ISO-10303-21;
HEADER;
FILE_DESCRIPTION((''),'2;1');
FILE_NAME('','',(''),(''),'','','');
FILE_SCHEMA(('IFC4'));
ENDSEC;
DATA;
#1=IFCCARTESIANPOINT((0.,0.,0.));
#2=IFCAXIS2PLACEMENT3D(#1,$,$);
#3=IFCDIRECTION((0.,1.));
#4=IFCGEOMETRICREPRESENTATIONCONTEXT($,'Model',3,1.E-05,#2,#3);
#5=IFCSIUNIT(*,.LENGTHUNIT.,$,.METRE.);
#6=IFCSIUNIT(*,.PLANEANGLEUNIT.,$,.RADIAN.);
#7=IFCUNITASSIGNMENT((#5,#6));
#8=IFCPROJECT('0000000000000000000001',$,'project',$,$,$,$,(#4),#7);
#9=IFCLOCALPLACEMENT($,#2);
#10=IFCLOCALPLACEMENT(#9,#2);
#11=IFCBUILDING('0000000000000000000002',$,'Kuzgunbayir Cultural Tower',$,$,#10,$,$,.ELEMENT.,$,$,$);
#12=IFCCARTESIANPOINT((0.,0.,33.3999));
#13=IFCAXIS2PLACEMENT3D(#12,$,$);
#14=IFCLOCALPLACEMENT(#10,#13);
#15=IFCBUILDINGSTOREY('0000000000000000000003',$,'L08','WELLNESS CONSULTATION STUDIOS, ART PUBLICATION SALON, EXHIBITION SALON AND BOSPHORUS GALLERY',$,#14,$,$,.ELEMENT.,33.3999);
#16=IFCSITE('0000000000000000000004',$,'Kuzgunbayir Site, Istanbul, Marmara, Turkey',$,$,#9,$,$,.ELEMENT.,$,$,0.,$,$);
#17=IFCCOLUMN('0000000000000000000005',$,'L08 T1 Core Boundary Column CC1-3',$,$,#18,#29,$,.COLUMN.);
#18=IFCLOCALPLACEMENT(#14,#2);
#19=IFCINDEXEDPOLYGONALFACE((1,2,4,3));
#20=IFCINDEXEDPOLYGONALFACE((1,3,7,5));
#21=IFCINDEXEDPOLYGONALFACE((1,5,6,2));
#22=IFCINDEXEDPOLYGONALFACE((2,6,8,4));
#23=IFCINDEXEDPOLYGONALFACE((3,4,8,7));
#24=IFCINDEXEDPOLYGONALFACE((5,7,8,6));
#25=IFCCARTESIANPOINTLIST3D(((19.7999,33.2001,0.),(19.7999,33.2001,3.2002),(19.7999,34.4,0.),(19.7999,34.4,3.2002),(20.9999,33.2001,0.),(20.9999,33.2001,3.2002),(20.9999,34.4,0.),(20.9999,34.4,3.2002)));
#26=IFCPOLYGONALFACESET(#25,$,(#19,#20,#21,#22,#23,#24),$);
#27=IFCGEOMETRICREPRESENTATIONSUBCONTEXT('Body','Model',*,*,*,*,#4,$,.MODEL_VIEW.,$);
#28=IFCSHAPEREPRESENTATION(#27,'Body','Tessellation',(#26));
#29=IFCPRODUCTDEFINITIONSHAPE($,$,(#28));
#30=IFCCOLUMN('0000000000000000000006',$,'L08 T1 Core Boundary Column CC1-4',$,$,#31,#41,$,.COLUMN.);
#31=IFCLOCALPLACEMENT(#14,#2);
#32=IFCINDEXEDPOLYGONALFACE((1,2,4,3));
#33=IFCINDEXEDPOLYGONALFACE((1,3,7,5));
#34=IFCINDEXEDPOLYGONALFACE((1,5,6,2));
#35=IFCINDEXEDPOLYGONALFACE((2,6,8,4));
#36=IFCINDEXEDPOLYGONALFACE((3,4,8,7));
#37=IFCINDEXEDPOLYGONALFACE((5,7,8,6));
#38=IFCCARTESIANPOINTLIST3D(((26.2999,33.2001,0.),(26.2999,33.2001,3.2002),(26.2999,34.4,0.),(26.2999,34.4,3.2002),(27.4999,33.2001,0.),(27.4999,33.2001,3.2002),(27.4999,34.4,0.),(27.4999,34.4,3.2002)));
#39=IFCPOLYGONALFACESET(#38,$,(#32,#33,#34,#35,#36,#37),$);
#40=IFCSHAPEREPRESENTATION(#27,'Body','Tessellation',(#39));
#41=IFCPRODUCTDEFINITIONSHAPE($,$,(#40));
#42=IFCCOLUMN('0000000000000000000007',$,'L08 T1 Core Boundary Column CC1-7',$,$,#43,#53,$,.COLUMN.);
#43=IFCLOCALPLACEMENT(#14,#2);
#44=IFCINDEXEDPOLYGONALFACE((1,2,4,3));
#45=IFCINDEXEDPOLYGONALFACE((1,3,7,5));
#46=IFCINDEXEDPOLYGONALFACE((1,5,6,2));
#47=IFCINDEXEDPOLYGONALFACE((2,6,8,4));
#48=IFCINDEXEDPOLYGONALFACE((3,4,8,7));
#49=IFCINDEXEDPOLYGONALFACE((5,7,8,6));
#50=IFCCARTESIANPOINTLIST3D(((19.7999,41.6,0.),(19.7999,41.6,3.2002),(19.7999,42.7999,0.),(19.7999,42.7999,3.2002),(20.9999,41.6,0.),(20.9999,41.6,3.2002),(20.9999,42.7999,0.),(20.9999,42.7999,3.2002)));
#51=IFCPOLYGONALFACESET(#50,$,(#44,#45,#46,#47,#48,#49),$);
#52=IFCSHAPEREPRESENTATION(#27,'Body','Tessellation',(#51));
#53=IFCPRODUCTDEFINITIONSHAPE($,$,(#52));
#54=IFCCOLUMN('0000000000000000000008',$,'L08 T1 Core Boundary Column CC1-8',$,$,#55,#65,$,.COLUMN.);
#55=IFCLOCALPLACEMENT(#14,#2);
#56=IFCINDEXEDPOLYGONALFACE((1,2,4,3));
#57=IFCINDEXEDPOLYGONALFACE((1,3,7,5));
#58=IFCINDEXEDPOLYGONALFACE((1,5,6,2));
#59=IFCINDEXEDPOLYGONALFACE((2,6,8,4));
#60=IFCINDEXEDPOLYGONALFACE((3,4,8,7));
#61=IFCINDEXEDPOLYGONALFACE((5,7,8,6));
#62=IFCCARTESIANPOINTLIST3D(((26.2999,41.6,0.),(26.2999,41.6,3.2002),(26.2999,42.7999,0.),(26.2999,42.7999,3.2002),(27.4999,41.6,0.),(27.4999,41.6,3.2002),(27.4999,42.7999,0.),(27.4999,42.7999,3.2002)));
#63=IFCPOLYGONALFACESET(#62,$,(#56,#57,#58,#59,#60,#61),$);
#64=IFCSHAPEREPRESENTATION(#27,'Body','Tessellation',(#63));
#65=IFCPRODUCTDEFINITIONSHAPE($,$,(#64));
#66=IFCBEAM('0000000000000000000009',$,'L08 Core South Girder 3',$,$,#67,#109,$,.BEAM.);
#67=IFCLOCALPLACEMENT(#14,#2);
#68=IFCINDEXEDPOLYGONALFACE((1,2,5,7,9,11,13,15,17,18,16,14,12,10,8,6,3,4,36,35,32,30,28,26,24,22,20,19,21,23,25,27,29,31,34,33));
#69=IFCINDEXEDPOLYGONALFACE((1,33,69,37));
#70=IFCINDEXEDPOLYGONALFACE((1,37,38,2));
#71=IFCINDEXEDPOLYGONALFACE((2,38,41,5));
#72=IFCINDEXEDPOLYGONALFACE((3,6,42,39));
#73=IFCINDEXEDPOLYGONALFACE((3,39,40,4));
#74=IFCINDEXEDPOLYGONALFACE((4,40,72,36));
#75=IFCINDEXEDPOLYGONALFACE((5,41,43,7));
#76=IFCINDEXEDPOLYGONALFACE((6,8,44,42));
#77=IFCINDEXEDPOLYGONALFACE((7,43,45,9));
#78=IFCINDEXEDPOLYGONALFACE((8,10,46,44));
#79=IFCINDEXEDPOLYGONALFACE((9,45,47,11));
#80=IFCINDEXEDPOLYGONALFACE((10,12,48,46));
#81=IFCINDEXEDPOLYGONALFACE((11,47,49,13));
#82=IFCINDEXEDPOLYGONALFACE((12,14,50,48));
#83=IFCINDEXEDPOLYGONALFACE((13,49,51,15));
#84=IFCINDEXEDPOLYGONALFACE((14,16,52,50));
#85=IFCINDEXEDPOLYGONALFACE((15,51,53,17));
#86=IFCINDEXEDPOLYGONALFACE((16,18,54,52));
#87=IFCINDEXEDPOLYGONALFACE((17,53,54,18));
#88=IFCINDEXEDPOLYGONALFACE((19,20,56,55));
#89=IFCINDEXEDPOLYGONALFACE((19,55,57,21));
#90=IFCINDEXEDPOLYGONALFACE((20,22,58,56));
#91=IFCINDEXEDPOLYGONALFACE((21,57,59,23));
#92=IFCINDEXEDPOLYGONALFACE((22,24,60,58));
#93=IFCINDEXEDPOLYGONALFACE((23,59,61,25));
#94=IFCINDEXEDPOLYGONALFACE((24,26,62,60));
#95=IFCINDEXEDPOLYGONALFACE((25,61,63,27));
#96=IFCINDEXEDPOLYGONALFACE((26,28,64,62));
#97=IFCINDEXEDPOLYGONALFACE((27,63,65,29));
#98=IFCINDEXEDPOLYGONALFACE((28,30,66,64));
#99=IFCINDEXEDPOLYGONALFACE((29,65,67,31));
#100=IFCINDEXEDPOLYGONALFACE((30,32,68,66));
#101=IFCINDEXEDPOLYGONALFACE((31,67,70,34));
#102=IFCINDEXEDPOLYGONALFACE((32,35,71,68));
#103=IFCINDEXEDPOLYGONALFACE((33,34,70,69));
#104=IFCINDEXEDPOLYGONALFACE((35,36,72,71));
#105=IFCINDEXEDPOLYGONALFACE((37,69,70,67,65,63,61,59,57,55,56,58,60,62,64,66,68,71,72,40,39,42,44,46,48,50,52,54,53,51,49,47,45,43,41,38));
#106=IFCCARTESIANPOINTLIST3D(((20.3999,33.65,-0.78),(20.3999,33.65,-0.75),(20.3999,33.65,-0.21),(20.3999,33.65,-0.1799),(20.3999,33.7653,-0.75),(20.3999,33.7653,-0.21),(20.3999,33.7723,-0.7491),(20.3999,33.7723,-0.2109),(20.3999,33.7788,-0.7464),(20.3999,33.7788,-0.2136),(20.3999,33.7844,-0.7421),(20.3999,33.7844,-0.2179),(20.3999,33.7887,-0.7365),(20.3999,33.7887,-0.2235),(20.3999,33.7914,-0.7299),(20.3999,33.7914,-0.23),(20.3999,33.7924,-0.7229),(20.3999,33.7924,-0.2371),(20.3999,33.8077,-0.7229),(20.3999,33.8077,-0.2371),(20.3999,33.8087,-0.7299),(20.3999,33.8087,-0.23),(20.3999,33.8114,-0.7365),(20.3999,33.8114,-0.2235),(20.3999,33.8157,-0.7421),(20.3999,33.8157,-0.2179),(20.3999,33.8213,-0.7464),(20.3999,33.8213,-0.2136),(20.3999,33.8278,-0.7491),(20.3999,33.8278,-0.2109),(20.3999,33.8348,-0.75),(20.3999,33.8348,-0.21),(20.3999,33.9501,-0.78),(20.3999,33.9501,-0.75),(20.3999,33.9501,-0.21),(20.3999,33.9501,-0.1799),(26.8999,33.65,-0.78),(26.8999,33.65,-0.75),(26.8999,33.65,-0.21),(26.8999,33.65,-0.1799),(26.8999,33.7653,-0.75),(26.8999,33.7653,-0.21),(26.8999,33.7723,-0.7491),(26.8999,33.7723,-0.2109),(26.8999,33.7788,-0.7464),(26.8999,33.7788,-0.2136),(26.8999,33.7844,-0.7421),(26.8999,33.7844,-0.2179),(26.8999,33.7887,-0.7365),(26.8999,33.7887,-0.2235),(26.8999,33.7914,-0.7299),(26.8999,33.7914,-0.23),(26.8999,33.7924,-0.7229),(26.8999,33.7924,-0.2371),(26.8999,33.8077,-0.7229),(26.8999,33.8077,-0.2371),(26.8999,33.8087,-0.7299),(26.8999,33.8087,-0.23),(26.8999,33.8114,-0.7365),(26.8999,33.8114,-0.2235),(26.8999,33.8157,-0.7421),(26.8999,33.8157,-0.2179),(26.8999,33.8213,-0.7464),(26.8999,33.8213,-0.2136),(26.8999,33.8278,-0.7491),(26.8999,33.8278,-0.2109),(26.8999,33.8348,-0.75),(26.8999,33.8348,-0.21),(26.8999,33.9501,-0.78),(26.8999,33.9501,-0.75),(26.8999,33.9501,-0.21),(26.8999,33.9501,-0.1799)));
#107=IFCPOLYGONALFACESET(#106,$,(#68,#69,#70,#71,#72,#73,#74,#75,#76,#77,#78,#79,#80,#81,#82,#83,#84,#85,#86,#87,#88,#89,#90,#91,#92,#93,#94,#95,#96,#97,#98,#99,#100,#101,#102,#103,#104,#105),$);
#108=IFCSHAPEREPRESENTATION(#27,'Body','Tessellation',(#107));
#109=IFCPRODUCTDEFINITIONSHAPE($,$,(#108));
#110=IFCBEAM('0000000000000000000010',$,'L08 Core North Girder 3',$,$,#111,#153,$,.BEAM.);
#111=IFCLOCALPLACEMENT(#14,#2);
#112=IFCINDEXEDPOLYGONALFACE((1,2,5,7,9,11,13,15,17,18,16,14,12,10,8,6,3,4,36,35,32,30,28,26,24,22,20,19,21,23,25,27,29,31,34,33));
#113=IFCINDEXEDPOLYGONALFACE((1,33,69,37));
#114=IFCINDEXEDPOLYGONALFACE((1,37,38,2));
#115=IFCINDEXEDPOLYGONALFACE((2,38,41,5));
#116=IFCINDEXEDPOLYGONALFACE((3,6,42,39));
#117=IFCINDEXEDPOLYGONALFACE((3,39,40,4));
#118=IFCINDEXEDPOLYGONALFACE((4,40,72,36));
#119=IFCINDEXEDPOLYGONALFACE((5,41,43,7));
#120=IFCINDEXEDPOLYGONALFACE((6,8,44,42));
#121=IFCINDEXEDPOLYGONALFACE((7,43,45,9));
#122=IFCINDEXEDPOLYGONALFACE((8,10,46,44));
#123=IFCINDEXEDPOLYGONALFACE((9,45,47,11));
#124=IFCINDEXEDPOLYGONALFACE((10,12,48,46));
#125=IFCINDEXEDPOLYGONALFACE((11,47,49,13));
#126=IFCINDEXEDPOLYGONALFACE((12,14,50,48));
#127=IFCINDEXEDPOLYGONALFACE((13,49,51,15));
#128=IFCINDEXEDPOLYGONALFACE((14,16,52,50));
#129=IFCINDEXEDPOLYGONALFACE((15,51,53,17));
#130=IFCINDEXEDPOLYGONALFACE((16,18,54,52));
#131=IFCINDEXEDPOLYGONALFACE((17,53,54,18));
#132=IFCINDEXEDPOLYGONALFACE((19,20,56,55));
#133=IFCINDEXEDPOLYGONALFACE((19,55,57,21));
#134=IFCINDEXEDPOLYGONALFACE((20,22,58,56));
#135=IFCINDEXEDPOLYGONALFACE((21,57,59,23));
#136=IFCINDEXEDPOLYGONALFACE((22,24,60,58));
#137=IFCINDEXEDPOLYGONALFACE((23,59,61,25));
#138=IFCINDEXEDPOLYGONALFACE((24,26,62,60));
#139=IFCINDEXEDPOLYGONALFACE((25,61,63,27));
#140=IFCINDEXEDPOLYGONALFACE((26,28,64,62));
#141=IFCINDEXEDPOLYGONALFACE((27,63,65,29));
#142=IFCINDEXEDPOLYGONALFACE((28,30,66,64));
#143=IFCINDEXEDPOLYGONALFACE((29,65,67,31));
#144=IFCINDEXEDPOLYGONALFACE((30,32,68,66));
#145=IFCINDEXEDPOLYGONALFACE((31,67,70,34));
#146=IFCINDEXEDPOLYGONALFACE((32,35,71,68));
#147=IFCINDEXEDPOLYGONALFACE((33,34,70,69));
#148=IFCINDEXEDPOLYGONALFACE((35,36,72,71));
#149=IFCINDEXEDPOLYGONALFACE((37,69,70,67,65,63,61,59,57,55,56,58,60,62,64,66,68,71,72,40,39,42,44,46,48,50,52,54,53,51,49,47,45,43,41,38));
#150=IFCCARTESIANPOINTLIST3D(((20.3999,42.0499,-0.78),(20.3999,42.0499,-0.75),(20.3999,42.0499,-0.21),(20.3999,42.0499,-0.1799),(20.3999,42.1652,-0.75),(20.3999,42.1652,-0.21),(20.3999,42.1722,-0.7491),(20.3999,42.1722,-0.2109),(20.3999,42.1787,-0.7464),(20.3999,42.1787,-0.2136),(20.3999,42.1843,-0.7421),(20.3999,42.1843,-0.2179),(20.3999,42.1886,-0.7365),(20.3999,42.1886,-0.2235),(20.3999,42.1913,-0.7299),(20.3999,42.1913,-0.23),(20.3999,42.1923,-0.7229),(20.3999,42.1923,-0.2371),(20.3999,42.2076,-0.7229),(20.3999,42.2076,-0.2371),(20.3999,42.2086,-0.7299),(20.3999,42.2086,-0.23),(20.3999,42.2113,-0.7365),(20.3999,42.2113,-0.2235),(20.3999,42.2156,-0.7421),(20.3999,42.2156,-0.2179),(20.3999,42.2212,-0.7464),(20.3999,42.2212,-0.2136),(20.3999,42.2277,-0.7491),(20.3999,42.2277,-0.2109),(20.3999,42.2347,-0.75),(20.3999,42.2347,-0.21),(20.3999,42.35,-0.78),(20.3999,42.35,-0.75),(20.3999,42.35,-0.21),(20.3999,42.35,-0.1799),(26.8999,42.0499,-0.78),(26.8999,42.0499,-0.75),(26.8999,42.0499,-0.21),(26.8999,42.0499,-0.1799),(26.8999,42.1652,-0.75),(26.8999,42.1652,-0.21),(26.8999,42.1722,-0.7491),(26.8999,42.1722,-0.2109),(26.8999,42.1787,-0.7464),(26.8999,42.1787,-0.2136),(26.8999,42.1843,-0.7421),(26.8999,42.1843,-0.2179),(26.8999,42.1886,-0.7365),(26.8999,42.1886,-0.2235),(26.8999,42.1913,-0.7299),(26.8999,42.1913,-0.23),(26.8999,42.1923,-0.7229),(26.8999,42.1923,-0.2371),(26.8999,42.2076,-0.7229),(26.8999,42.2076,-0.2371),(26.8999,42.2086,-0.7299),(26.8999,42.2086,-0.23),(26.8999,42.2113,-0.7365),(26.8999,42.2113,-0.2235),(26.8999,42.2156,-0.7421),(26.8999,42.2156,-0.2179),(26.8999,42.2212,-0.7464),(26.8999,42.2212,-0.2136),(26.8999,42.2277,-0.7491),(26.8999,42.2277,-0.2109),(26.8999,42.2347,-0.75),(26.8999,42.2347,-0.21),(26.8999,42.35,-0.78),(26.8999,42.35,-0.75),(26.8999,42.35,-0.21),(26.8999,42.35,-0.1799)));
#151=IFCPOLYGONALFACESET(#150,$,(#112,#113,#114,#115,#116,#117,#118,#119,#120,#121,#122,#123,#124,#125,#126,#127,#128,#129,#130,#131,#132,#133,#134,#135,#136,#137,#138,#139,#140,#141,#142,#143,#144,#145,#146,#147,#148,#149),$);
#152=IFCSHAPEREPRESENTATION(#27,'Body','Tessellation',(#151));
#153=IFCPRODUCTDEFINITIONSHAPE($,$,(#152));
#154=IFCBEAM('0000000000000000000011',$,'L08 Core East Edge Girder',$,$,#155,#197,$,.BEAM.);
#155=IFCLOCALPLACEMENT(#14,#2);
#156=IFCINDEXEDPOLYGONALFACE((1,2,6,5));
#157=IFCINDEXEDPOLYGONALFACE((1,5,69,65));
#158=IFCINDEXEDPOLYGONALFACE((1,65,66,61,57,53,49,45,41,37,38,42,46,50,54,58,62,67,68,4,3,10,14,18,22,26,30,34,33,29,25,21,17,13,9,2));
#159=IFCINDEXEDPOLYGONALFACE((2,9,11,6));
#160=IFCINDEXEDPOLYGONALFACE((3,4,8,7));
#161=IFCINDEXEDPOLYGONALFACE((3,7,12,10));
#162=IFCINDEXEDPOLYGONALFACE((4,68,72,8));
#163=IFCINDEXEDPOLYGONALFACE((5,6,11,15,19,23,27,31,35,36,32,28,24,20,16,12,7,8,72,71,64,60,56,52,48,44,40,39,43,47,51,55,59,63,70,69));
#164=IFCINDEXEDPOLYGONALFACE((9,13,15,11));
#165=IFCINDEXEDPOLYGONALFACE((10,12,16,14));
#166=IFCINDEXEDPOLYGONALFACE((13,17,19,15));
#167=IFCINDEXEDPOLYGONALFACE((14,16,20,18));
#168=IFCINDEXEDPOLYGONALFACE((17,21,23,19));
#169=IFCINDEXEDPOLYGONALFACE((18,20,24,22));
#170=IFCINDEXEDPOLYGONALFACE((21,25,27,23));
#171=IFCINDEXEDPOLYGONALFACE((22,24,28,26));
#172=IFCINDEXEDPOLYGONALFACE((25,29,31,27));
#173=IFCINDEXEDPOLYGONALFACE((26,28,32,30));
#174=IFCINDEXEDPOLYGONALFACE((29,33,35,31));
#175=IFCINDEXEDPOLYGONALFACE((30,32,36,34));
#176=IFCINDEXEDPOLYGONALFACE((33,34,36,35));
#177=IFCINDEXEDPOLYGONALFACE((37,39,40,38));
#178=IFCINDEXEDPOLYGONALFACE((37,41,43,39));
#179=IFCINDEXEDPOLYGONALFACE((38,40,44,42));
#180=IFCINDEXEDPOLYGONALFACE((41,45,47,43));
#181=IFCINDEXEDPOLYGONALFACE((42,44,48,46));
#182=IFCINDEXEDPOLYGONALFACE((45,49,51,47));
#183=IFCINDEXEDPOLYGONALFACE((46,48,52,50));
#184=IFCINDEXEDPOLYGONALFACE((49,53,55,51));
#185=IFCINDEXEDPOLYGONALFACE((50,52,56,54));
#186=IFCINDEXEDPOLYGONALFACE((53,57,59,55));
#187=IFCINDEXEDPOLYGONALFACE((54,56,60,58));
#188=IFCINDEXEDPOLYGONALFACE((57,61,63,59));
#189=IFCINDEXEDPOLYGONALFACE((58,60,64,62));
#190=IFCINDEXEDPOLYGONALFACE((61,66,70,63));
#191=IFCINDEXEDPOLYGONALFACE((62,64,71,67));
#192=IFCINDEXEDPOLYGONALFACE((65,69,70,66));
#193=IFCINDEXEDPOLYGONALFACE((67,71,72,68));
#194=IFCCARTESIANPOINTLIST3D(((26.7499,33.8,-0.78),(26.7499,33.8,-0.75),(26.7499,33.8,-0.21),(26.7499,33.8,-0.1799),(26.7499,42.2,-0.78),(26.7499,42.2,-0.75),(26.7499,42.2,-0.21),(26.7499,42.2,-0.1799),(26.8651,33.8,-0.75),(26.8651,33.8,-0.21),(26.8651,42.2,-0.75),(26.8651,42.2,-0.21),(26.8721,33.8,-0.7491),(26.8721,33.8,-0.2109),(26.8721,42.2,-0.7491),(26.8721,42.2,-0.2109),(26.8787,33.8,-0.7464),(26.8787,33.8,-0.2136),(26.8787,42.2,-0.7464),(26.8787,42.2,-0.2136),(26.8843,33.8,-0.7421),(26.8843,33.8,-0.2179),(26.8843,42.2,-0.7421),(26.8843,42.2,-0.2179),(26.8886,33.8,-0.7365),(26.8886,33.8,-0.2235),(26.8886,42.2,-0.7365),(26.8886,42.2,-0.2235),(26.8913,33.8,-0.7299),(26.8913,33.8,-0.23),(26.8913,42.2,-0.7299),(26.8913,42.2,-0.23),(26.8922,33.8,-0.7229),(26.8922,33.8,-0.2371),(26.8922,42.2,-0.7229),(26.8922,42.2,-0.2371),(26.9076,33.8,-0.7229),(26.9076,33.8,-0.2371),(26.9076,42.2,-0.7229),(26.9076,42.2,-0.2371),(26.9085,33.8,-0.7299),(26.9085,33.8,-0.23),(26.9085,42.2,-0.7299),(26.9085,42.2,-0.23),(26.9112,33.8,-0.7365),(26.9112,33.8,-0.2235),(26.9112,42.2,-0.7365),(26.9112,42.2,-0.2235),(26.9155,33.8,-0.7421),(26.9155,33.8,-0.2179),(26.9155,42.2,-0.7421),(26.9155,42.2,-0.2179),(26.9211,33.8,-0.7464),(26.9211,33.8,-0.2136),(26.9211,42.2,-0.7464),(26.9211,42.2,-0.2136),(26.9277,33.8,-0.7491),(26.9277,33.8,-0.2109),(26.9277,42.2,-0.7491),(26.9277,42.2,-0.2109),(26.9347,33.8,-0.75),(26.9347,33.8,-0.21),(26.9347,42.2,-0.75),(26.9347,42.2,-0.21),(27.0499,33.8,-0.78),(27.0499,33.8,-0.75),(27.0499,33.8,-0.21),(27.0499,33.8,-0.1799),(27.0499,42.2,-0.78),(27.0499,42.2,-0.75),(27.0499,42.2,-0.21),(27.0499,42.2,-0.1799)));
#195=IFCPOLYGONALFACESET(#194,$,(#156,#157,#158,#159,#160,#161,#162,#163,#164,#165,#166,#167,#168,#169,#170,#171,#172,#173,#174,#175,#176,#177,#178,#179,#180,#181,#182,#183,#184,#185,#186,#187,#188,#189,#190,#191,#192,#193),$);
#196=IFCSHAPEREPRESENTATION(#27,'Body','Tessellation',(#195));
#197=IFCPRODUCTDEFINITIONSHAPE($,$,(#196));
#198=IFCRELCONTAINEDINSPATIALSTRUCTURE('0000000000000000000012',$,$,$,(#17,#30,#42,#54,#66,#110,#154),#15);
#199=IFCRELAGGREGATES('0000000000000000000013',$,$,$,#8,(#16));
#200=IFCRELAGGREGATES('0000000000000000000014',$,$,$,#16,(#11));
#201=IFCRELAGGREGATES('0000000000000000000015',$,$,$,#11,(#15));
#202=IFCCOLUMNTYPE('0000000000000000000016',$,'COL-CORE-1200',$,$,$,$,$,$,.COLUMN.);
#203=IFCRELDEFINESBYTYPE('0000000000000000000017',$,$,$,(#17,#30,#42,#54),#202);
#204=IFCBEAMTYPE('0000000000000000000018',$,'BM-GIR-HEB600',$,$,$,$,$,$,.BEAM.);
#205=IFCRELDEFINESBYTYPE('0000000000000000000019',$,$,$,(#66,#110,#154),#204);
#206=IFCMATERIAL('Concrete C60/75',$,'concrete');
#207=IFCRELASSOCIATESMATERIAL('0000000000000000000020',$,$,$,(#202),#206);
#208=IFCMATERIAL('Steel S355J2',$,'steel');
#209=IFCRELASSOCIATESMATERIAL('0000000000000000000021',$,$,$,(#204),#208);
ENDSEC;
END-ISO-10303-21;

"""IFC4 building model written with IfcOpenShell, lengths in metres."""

from ifc_helpers import new_model, si_unit, direction, frame, origin, origin_2d, place, context, subcontext, project, spatial, rectangle, i_section, extrude, material, material_profile, profile_set, type_object, element, save


model = new_model("IFC4")

# Units and contexts
model_context = context("Model", 3, precision=1e-05, world=origin(), true_north=direction((0.0, 1.0)))
body_context = subcontext(model_context, "Body", "Model", "MODEL_VIEW")
ifc_project = project(units=[si_unit("LENGTHUNIT", "METRE"), si_unit("PLANEANGLEUNIT", "RADIAN")], contexts=[model_context])

# Site, building, storey
site_placement = place(None, origin())
site = spatial("IfcSite", under=ifc_project, at=site_placement, Name="Kuzgunbayir Site, Istanbul, Marmara, Turkey", CompositionType="ELEMENT", RefElevation=0.0)
building_placement = place(site_placement, origin())
building = spatial("IfcBuilding", under=site, at=building_placement, Name="Kuzgunbayir Cultural Tower", CompositionType="ELEMENT")
storey_placement = place(building_placement, frame((0.0, 0.0, 33.3999)))
storey = spatial("IfcBuildingStorey", under=building, at=storey_placement, Name="L08", Description="WELLNESS CONSULTATION STUDIOS, ART PUBLICATION SALON, EXHIBITION SALON AND BOSPHORUS GALLERY", CompositionType="ELEMENT", Elevation=33.3999)

# Columns
ifc_material_1 = material(Name="Concrete C60/75", Category="concrete")
ifc_material_profile_1 = material_profile(ifc_material_1, rectangle(XDim=1.2, YDim=1.2, at=origin_2d()), Name="RC 1200x1200")
ifc_profile_set_1 = profile_set([ifc_material_profile_1], Name="Concrete C60/75")
column_type = type_object("IfcColumnType", Name="COL-CORE-1200", PredefinedType="COLUMN", material=ifc_profile_set_1)
for number, where, z_axis, x_axis, name in (
    (1, (20.3999, 33.8, 0.0), (0.0, 0.0, 1.0), (1.0, 0.0, 0.0), "L08 T1 Core Boundary Column CC1-3"),
    (2, (26.8999, 33.8, 0.0), (0.0, 0.0, 1.0), (1.0, 0.0, 0.0), "L08 T1 Core Boundary Column CC1-4"),
    (3, (20.3999, 42.2, 0.0), (0.0, 0.0, 1.0), (1.0, 0.0, 0.0), "L08 T1 Core Boundary Column CC1-7"),
    (4, (26.8999, 42.2, 0.0), (0.0, 0.0, 1.0), (1.0, 0.0, 0.0), "L08 T1 Core Boundary Column CC1-8"),
):
    element("IfcColumn", number, at=place(storey_placement, frame(where, z_axis=z_axis, x_axis=x_axis)), inside=storey, type_object=column_type, Name=name, PredefinedType="COLUMN", context=body_context, shape_type="SweptSolid", body=[
        extrude(rectangle(XDim=1.2, YDim=1.2, at=origin_2d()), origin(), (0.0, 0.0, 1.0), 3.2002),
    ])

# Beams
ifc_material_2 = material(Name="Steel S355J2", Category="steel")
ifc_material_profile_2 = material_profile(ifc_material_2, i_section(OverallWidth=0.3, OverallDepth=0.6001, WebThickness=0.0154, FlangeThickness=0.03, FilletRadius=0.0271, at=origin_2d()), Name="HEB 600")
ifc_profile_set_2 = profile_set([ifc_material_profile_2], Name="Steel S355J2")
beam_type = type_object("IfcBeamType", Name="BM-GIR-HEB600", PredefinedType="BEAM", material=ifc_profile_set_2)
for number, where, z_axis, x_axis, name in (
    (5, (20.3999, 33.8, -0.48), (1.0, 0.0, 0.0), (0.0, 1.0, 0.0), "L08 Core South Girder 3"),
    (6, (20.3999, 42.2, -0.48), (1.0, 0.0, 0.0), (0.0, 1.0, 0.0), "L08 Core North Girder 3"),
):
    element("IfcBeam", number, at=place(storey_placement, frame(where, z_axis=z_axis, x_axis=x_axis)), inside=storey, type_object=beam_type, Name=name, PredefinedType="BEAM", context=body_context, shape_type="SweptSolid", body=[
        extrude(i_section(OverallWidth=0.3, OverallDepth=0.6001, WebThickness=0.0154, FlangeThickness=0.03, FilletRadius=0.0271, at=origin_2d()), origin(), (0.0, 0.0, 1.0), 6.5),
    ])
beam_1_placement = place(storey_placement, frame((26.8999, 33.8, -0.48), z_axis=(0.0, 1.0, 0.0), x_axis=(-1.0, 0.0, 0.0)))
element("IfcBeam", 7, at=beam_1_placement, inside=storey, type_object=beam_type, Name="L08 Core East Edge Girder", PredefinedType="BEAM", context=body_context, shape_type="SweptSolid", body=[
    extrude(i_section(OverallWidth=0.3, OverallDepth=0.6001, WebThickness=0.0154, FlangeThickness=0.03, FilletRadius=0.0271, at=origin_2d()), origin(), (0.0, 0.0, 1.0), 8.3999),
])

save(model, "model.ifc")
